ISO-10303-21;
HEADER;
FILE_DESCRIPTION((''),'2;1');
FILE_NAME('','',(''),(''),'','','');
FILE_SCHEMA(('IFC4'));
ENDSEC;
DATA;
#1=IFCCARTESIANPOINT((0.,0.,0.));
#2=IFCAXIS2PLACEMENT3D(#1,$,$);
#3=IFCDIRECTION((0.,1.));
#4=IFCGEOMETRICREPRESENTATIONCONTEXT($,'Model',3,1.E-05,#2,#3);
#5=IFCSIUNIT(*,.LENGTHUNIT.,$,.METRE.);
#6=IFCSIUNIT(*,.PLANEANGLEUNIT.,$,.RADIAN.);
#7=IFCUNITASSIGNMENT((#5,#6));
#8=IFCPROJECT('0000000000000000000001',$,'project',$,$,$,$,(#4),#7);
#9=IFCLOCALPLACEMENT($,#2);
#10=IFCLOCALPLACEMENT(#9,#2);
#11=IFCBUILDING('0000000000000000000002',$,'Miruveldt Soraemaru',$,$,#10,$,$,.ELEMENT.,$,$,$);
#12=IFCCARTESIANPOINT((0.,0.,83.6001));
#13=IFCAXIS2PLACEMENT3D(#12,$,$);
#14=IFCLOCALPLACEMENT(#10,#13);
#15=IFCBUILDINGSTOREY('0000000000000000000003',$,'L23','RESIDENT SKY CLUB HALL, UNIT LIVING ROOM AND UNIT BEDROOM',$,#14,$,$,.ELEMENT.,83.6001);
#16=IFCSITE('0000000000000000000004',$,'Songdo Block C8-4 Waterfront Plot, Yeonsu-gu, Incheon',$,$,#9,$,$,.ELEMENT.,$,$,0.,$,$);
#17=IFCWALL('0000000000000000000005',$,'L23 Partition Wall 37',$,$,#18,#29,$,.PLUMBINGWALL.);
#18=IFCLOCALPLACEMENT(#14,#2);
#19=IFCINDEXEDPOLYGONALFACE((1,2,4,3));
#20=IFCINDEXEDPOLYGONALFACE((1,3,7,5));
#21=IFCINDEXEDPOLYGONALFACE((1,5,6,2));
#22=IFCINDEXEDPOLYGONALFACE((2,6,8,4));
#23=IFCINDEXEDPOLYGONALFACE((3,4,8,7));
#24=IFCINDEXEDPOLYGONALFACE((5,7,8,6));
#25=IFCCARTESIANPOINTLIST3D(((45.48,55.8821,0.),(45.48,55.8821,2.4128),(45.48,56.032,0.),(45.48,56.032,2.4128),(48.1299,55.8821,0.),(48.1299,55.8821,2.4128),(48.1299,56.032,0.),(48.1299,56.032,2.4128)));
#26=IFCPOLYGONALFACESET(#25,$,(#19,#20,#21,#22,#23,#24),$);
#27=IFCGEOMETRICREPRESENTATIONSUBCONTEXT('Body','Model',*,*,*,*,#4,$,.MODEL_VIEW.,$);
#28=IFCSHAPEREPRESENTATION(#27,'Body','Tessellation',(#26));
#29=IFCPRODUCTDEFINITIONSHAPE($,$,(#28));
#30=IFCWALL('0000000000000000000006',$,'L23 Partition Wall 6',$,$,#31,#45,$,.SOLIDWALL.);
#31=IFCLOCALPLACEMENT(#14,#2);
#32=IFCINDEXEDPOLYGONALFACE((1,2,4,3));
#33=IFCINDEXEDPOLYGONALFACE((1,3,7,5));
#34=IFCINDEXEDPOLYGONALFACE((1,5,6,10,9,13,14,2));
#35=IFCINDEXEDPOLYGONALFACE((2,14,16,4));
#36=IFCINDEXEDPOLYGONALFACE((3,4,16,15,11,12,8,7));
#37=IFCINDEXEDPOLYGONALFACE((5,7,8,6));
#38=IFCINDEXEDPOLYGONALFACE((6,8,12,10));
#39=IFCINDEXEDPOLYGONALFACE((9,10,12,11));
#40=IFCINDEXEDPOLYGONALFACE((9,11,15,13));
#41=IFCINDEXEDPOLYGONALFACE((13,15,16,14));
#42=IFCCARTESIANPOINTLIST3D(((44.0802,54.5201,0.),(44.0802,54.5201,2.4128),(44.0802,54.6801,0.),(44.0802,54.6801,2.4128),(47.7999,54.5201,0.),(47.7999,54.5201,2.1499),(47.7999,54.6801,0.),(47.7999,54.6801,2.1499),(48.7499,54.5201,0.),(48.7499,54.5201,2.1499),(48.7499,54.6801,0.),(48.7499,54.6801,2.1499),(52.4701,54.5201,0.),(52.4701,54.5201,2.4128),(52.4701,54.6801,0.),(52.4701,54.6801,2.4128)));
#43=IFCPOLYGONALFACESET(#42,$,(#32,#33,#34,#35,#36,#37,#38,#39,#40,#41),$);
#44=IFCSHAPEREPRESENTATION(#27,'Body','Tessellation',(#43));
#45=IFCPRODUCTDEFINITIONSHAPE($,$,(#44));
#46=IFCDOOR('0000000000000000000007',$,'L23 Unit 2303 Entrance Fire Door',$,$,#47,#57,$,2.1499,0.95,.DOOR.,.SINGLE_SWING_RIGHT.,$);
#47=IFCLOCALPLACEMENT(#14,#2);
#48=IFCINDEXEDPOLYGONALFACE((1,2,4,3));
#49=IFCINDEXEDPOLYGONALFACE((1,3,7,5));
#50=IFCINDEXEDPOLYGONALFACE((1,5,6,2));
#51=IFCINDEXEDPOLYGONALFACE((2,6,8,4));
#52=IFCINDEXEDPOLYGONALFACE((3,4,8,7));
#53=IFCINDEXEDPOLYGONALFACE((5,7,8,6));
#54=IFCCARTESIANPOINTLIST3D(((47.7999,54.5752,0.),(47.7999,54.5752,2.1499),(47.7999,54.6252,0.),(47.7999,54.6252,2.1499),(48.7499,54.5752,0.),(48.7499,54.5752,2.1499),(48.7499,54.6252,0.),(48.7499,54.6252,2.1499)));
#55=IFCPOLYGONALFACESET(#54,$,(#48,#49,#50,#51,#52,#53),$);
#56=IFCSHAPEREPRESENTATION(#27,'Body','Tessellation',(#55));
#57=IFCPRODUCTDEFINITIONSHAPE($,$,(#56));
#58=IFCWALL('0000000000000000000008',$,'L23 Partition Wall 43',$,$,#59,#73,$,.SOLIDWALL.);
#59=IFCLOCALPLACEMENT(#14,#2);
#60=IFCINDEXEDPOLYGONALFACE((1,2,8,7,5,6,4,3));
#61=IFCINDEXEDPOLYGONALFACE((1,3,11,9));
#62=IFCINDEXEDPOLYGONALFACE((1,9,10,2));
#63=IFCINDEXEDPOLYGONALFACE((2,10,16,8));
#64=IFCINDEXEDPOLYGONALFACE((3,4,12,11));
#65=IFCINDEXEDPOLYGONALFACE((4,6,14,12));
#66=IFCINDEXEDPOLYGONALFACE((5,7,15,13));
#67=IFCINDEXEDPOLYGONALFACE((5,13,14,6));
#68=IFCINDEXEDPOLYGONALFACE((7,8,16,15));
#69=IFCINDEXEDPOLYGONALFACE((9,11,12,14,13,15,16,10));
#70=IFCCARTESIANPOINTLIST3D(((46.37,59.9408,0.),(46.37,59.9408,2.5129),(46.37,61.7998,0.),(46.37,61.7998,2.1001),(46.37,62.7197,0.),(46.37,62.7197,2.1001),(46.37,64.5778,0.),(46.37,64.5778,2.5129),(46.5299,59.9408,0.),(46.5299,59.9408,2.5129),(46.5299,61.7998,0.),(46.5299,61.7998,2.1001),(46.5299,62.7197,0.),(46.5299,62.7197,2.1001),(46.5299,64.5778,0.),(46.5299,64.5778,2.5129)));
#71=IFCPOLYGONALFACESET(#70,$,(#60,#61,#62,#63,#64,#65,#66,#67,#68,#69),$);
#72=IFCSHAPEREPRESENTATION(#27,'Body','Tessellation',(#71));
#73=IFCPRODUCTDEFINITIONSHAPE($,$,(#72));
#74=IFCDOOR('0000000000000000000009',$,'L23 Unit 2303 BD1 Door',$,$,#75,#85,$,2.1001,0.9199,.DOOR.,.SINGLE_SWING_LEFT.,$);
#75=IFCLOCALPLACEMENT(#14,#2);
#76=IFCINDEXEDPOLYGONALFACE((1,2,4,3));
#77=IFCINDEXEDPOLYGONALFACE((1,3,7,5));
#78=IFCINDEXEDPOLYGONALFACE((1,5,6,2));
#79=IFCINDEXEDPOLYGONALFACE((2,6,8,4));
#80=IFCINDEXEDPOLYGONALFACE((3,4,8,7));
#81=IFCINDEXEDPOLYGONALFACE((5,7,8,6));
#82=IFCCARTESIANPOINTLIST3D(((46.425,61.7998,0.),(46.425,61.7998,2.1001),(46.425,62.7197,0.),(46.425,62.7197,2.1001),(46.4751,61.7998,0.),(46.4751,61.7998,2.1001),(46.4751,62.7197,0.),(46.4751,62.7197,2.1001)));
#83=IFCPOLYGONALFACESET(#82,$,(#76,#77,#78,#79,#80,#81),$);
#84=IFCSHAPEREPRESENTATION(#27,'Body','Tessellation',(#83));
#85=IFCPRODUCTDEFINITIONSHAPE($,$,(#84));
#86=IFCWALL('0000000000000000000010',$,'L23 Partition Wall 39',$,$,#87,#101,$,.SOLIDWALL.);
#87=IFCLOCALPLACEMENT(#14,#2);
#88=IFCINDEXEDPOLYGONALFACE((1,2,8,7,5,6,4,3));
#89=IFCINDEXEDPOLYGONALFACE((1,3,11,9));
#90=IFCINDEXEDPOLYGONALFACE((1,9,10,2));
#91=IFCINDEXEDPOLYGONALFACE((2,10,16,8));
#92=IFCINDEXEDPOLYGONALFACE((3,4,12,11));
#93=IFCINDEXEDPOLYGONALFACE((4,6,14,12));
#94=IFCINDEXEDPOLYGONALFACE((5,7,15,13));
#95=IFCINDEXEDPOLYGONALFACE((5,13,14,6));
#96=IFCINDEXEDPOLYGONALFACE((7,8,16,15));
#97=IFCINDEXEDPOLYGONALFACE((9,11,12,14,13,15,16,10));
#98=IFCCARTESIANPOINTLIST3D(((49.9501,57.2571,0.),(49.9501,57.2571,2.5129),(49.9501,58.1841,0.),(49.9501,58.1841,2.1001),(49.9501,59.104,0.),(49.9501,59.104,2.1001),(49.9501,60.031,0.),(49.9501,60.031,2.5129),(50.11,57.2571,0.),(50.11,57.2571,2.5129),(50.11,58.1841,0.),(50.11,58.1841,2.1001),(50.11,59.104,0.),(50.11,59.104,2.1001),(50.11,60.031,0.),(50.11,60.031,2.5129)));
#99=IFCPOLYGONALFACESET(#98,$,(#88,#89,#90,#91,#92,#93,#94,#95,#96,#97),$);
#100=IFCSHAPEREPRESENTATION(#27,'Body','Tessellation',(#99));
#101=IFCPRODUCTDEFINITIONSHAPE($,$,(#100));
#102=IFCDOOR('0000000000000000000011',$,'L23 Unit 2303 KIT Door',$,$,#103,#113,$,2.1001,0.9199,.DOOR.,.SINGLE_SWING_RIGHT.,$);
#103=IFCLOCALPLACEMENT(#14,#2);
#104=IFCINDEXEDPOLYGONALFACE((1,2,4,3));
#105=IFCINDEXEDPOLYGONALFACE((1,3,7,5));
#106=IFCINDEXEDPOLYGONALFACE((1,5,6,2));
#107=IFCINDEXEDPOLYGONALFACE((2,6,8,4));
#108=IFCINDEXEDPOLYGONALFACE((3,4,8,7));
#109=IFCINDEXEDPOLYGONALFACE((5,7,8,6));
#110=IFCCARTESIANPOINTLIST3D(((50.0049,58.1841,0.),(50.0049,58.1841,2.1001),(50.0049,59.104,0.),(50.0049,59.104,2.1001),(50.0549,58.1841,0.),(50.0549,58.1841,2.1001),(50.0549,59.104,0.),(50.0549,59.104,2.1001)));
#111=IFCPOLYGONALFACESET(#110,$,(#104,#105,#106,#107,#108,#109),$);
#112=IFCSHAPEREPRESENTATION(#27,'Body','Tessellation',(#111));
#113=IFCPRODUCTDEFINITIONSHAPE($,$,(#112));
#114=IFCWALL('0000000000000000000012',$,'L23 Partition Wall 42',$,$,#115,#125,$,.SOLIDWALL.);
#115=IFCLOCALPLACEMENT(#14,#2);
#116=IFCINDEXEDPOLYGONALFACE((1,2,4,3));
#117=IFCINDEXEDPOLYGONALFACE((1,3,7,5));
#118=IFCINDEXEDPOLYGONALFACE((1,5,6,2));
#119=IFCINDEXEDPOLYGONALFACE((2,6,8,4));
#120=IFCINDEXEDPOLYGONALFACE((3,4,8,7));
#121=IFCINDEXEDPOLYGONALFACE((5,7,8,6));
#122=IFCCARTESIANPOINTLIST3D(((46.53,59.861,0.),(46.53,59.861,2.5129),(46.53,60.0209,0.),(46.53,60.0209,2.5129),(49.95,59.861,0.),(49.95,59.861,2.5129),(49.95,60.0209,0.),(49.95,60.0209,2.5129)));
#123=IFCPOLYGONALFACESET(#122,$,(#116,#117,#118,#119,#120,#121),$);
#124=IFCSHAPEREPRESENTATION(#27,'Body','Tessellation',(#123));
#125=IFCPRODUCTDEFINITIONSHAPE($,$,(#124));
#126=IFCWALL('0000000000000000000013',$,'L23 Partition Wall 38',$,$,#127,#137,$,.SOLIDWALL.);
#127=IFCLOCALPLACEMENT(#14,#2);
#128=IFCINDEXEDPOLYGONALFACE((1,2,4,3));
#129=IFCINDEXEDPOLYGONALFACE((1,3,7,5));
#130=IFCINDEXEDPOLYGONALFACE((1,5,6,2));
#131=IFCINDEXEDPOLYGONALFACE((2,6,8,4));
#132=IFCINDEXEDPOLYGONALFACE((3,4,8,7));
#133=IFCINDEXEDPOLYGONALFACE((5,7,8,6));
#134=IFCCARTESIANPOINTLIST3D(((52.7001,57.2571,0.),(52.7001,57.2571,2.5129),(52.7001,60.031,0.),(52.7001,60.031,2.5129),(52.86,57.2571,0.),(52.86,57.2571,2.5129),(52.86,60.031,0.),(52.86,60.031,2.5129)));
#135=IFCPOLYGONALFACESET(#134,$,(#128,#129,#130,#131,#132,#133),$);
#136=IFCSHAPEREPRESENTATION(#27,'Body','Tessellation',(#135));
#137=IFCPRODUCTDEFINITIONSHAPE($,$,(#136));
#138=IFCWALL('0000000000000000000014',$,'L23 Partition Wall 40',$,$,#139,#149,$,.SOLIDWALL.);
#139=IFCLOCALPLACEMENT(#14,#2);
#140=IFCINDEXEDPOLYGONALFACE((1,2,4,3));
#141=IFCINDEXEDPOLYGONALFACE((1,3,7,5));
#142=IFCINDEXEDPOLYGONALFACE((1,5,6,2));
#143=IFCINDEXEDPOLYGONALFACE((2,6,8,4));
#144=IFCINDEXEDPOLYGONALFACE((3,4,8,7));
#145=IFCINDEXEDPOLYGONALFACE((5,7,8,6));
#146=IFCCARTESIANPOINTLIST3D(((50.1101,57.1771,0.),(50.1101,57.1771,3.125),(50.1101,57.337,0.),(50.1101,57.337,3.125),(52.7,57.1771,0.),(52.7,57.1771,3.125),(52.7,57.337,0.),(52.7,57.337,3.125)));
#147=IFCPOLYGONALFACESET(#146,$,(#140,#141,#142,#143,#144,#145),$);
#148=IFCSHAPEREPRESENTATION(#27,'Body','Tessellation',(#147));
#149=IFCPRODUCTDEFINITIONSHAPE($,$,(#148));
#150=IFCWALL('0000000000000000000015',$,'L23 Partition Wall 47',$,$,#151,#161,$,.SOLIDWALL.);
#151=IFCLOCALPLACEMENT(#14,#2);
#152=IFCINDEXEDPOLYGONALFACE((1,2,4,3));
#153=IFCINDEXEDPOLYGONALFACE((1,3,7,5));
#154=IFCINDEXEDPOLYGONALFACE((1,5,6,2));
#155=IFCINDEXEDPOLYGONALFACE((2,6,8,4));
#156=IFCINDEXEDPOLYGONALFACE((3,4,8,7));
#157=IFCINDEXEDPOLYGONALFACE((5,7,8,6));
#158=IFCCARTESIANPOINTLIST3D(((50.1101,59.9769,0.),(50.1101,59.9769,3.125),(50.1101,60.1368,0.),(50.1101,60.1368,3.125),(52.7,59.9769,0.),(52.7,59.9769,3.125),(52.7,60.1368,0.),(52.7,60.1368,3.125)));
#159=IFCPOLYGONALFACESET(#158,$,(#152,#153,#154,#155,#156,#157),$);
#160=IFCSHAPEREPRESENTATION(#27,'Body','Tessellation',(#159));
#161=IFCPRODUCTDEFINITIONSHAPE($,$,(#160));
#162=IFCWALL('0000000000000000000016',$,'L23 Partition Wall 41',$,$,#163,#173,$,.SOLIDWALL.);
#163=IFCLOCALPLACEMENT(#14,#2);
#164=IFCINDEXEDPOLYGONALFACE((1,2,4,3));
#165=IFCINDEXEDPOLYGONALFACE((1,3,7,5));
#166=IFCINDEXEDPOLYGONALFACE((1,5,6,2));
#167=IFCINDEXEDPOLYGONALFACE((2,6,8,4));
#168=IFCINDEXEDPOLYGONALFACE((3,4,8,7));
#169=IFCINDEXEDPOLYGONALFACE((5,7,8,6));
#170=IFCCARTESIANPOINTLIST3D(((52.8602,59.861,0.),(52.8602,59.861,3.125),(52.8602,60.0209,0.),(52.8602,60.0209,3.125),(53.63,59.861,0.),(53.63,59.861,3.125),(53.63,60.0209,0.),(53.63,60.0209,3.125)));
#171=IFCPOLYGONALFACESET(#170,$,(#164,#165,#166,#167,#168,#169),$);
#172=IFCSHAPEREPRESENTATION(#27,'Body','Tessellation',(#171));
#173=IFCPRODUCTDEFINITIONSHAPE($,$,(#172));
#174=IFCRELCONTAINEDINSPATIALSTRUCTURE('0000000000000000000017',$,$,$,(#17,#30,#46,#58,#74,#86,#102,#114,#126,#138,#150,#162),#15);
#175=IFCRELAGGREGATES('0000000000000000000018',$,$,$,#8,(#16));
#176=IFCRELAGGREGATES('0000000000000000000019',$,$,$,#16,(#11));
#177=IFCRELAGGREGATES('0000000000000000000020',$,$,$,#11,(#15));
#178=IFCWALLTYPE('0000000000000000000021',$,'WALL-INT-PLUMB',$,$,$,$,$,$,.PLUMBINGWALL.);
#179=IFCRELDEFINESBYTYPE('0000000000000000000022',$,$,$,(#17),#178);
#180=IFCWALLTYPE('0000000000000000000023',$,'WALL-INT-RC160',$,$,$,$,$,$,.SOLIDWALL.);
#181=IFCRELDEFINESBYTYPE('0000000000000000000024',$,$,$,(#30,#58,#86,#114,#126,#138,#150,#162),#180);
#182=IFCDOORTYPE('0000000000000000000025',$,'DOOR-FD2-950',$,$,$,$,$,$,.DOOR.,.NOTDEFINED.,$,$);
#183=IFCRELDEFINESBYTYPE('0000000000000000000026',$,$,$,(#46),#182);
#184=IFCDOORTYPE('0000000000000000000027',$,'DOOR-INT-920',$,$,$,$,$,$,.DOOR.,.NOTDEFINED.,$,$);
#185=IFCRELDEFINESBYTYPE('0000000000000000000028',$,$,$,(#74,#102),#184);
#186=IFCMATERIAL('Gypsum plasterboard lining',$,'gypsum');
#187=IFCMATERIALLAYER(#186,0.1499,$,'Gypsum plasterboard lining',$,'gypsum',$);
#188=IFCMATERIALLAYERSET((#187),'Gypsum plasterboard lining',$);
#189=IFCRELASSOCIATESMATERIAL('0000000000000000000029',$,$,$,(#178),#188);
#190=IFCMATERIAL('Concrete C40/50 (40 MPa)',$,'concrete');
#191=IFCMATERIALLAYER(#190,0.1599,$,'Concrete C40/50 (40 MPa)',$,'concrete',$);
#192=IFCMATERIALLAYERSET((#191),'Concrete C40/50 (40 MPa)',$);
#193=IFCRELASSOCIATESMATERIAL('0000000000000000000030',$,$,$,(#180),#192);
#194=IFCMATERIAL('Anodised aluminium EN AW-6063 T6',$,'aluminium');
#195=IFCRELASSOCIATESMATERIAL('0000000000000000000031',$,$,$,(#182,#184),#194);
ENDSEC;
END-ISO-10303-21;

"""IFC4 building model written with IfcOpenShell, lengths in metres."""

from ifc_helpers import new_model, si_unit, direction, frame, frame_2d, origin, place, context, subcontext, project, spatial, rectangle, extrude, material, layer, layer_set, type_object, element, fill, save


model = new_model("IFC4")

# Units and contexts
model_context = context("Model", 3, precision=1e-05, world=origin(), true_north=direction((0.0, 1.0)))
body_context = subcontext(model_context, "Body", "Model", "MODEL_VIEW")
ifc_project = project(units=[si_unit("LENGTHUNIT", "METRE"), si_unit("PLANEANGLEUNIT", "RADIAN")], contexts=[model_context])

# Site, building, storey
site_placement = place(None, origin())
site = spatial("IfcSite", under=ifc_project, at=site_placement, Name="Songdo Block C8-4 Waterfront Plot, Yeonsu-gu, Incheon", CompositionType="ELEMENT", RefElevation=0.0)
building_placement = place(site_placement, origin())
building = spatial("IfcBuilding", under=site, at=building_placement, Name="Miruveldt Soraemaru", CompositionType="ELEMENT")
storey_placement = place(building_placement, frame((0.0, 0.0, 83.6001)))
storey = spatial("IfcBuildingStorey", under=building, at=storey_placement, Name="L23", Description="RESIDENT SKY CLUB HALL, UNIT LIVING ROOM AND UNIT BEDROOM", CompositionType="ELEMENT", Elevation=83.6001)

# Shared definitions
ifc_material_1 = material(Name="Anodised aluminium EN AW-6063 T6", Category="aluminium")

# Shared definitions
ifc_material_2 = material(Name="Gypsum plasterboard lining", Category="gypsum")
ifc_layer_1 = layer(ifc_material_2, 0.1499, Name="Gypsum plasterboard lining", Category="gypsum")
ifc_layer_set_1 = layer_set([ifc_layer_1], Name="Gypsum plasterboard lining")
wall_type_1 = type_object("IfcWallType", Name="WALL-INT-PLUMB", PredefinedType="PLUMBINGWALL", material=ifc_layer_set_1)

# Wall
wall_1_placement = place(storey_placement, frame((45.48, 55.957, 0.0), z_axis=(0.0, 0.0, 1.0), x_axis=(1.0, 0.0, 0.0)))
element("IfcWall", 1, at=wall_1_placement, inside=storey, type_object=wall_type_1, Name="L23 Partition Wall 37", PredefinedType="PLUMBINGWALL", context=body_context, shape_type="SweptSolid", body=[
    extrude(rectangle(XDim=2.6499, YDim=0.1499, at=frame_2d((1.325, 0.0))), origin(), (0.0, 0.0, 1.0), 2.4128),
])

# Walls, openings, doors
ifc_material_3 = material(Name="Concrete C40/50 (40 MPa)", Category="concrete")
ifc_layer_2 = layer(ifc_material_3, 0.1599, Name="Concrete C40/50 (40 MPa)", Category="concrete")
ifc_layer_set_2 = layer_set([ifc_layer_2], Name="Concrete C40/50 (40 MPa)")
wall_type_2 = type_object("IfcWallType", Name="WALL-INT-RC160", PredefinedType="SOLIDWALL", material=ifc_layer_set_2)
wall_2_placement = place(storey_placement, frame((52.47, 54.6001, 0.0), z_axis=(0.0, 0.0, 1.0), x_axis=(-1.0, 0.0, 0.0)))
wall_2 = element("IfcWall", 2, at=wall_2_placement, inside=storey, type_object=wall_type_2, Name="L23 Partition Wall 6", PredefinedType="SOLIDWALL", context=body_context, shape_type="SweptSolid", body=[
    extrude(rectangle(XDim=8.3899, YDim=0.1599, at=frame_2d((4.1948, 0.0))), origin(), (0.0, 0.0, 1.0), 2.4128),
])
opening_1_placement = place(wall_2_placement, frame((3.72, 0.0, 0.0)))
opening_1 = element("IfcOpeningElement", 3, at=opening_1_placement, cuts=wall_2, PredefinedType="OPENING", context=body_context, shape_type="SweptSolid", body=[
    extrude(rectangle(XDim=0.95, YDim=2.1499, at=frame_2d((0.4751, 1.075))), frame((0.0, 0.0898, 0.0), z_axis=(0.0, -1.0, 0.0), x_axis=(1.0, 0.0, 0.0)), (0.0, 0.0, 1.0), 0.1799),
])
door_type_1 = type_object("IfcDoorType", Name="DOOR-FD2-950", OperationType="NOTDEFINED", PredefinedType="DOOR", material=ifc_material_1)
door_1_placement = place(opening_1_placement, origin())
door_1 = element("IfcDoor", 4, at=door_1_placement, inside=storey, type_object=door_type_1, Name="L23 Unit 2303 Entrance Fire Door", OperationType="SINGLE_SWING_RIGHT", OverallHeight=2.1499, OverallWidth=0.95, PredefinedType="DOOR", context=body_context, shape_type="SweptSolid", body=[
    extrude(rectangle(XDim=0.95, YDim=2.1499, at=frame_2d((0.4751, 1.075))), frame((0.0, 0.0249, 0.0), z_axis=(0.0, -1.0, 0.0), x_axis=(1.0, 0.0, 0.0)), (0.0, 0.0, 1.0), 0.05),
])
fill(opening_1, door_1)
wall_3_placement = place(storey_placement, frame((46.45, 59.9409, 0.0), z_axis=(0.0, 0.0, 1.0), x_axis=(0.0, 1.0, 0.0)))
wall_3 = element("IfcWall", 5, at=wall_3_placement, inside=storey, type_object=wall_type_2, Name="L23 Partition Wall 43", PredefinedType="SOLIDWALL", context=body_context, shape_type="SweptSolid", body=[
    extrude(rectangle(XDim=4.637, YDim=0.1599, at=frame_2d((2.3184, 0.0))), origin(), (0.0, 0.0, 1.0), 2.5129),
])
opening_2_placement = place(wall_3_placement, frame((1.8589, 0.0, 0.0)))
opening_2 = element("IfcOpeningElement", 6, at=opening_2_placement, cuts=wall_3, PredefinedType="OPENING", context=body_context, shape_type="SweptSolid", body=[
    extrude(rectangle(XDim=0.9199, YDim=2.1001, at=frame_2d((0.46, 1.05))), frame((0.0, 0.0898, 0.0), z_axis=(0.0, -1.0, 0.0), x_axis=(1.0, 0.0, 0.0)), (0.0, 0.0, 1.0), 0.1799),
])
door_type_2 = type_object("IfcDoorType", Name="DOOR-INT-920", OperationType="NOTDEFINED", PredefinedType="DOOR", material=ifc_material_1)
door_2_placement = place(opening_2_placement, origin())
door_2 = element("IfcDoor", 7, at=door_2_placement, inside=storey, type_object=door_type_2, Name="L23 Unit 2303 BD1 Door", OperationType="SINGLE_SWING_LEFT", OverallHeight=2.1001, OverallWidth=0.9199, PredefinedType="DOOR", context=body_context, shape_type="SweptSolid", body=[
    extrude(rectangle(XDim=0.9199, YDim=2.1001, at=frame_2d((0.46, 1.05))), frame((0.0, 0.0249, 0.0), z_axis=(0.0, -1.0, 0.0), x_axis=(1.0, 0.0, 0.0)), (0.0, 0.0, 1.0), 0.05),
])
fill(opening_2, door_2)
wall_4_placement = place(storey_placement, frame((50.03, 60.031, 0.0), z_axis=(0.0, 0.0, 1.0), x_axis=(0.0, -1.0, 0.0)))
wall_4 = element("IfcWall", 8, at=wall_4_placement, inside=storey, type_object=wall_type_2, Name="L23 Partition Wall 39", PredefinedType="SOLIDWALL", context=body_context, shape_type="SweptSolid", body=[
    extrude(rectangle(XDim=2.7739, YDim=0.1599, at=frame_2d((1.387, 0.0))), origin(), (0.0, 0.0, 1.0), 2.5129),
])
opening_3_placement = place(wall_4_placement, frame((0.927, 0.0, 0.0)))
opening_3 = element("IfcOpeningElement", 9, at=opening_3_placement, cuts=wall_4, PredefinedType="OPENING", context=body_context, shape_type="SweptSolid", body=[
    extrude(rectangle(XDim=0.9199, YDim=2.1001, at=frame_2d((0.46, 1.05))), frame((0.0, 0.0898, 0.0), z_axis=(0.0, -1.0, 0.0), x_axis=(1.0, 0.0, 0.0)), (0.0, 0.0, 1.0), 0.1799),
])
door_3_placement = place(opening_3_placement, origin())
door_3 = element("IfcDoor", 10, at=door_3_placement, inside=storey, type_object=door_type_2, Name="L23 Unit 2303 KIT Door", OperationType="SINGLE_SWING_RIGHT", OverallHeight=2.1001, OverallWidth=0.9199, PredefinedType="DOOR", context=body_context, shape_type="SweptSolid", body=[
    extrude(rectangle(XDim=0.9199, YDim=2.1001, at=frame_2d((0.46, 1.05))), frame((0.0, 0.0249, 0.0), z_axis=(0.0, -1.0, 0.0), x_axis=(1.0, 0.0, 0.0)), (0.0, 0.0, 1.0), 0.05),
])
fill(opening_3, door_3)

# Walls
wall_5_placement = place(storey_placement, frame((49.95, 59.9409, 0.0), z_axis=(0.0, 0.0, 1.0), x_axis=(-1.0, 0.0, 0.0)))
element("IfcWall", 11, at=wall_5_placement, inside=storey, type_object=wall_type_2, Name="L23 Partition Wall 42", PredefinedType="SOLIDWALL", context=body_context, shape_type="SweptSolid", body=[
    extrude(rectangle(XDim=3.4199, YDim=0.1599, at=frame_2d((1.71, 0.0))), origin(), (0.0, 0.0, 1.0), 2.5129),
])
wall_6_placement = place(storey_placement, frame((52.78, 57.2571, 0.0), z_axis=(0.0, 0.0, 1.0), x_axis=(0.0, 1.0, 0.0)))
element("IfcWall", 12, at=wall_6_placement, inside=storey, type_object=wall_type_2, Name="L23 Partition Wall 38", PredefinedType="SOLIDWALL", context=body_context, shape_type="SweptSolid", body=[
    extrude(rectangle(XDim=2.7739, YDim=0.1599, at=frame_2d((1.387, 0.0))), origin(), (0.0, 0.0, 1.0), 2.5129),
])
for number, where, z_axis, x_axis, name in (
    (13, (50.1101, 57.2571, 0.0), (0.0, 0.0, 1.0), (1.0, 0.0, 0.0), "L23 Partition Wall 40"),
    (14, (52.7, 60.0569, 0.0), (0.0, 0.0, 1.0), (-1.0, 0.0, 0.0), "L23 Partition Wall 47"),
):
    element("IfcWall", number, at=place(storey_placement, frame(where, z_axis=z_axis, x_axis=x_axis)), inside=storey, type_object=wall_type_2, Name=name, PredefinedType="SOLIDWALL", context=body_context, shape_type="SweptSolid", body=[
        extrude(rectangle(XDim=2.5898, YDim=0.1599, at=frame_2d((1.2949, 0.0))), origin(), (0.0, 0.0, 1.0), 3.125),
    ])
wall_7_placement = place(storey_placement, frame((53.6299, 59.9409, 0.0), z_axis=(0.0, 0.0, 1.0), x_axis=(-1.0, 0.0, 0.0)))
element("IfcWall", 15, at=wall_7_placement, inside=storey, type_object=wall_type_2, Name="L23 Partition Wall 41", PredefinedType="SOLIDWALL", context=body_context, shape_type="SweptSolid", body=[
    extrude(rectangle(XDim=0.7698, YDim=0.1599, at=frame_2d((0.3848, 0.0))), origin(), (0.0, 0.0, 1.0), 3.125),
])

save(model, "model.ifc")
